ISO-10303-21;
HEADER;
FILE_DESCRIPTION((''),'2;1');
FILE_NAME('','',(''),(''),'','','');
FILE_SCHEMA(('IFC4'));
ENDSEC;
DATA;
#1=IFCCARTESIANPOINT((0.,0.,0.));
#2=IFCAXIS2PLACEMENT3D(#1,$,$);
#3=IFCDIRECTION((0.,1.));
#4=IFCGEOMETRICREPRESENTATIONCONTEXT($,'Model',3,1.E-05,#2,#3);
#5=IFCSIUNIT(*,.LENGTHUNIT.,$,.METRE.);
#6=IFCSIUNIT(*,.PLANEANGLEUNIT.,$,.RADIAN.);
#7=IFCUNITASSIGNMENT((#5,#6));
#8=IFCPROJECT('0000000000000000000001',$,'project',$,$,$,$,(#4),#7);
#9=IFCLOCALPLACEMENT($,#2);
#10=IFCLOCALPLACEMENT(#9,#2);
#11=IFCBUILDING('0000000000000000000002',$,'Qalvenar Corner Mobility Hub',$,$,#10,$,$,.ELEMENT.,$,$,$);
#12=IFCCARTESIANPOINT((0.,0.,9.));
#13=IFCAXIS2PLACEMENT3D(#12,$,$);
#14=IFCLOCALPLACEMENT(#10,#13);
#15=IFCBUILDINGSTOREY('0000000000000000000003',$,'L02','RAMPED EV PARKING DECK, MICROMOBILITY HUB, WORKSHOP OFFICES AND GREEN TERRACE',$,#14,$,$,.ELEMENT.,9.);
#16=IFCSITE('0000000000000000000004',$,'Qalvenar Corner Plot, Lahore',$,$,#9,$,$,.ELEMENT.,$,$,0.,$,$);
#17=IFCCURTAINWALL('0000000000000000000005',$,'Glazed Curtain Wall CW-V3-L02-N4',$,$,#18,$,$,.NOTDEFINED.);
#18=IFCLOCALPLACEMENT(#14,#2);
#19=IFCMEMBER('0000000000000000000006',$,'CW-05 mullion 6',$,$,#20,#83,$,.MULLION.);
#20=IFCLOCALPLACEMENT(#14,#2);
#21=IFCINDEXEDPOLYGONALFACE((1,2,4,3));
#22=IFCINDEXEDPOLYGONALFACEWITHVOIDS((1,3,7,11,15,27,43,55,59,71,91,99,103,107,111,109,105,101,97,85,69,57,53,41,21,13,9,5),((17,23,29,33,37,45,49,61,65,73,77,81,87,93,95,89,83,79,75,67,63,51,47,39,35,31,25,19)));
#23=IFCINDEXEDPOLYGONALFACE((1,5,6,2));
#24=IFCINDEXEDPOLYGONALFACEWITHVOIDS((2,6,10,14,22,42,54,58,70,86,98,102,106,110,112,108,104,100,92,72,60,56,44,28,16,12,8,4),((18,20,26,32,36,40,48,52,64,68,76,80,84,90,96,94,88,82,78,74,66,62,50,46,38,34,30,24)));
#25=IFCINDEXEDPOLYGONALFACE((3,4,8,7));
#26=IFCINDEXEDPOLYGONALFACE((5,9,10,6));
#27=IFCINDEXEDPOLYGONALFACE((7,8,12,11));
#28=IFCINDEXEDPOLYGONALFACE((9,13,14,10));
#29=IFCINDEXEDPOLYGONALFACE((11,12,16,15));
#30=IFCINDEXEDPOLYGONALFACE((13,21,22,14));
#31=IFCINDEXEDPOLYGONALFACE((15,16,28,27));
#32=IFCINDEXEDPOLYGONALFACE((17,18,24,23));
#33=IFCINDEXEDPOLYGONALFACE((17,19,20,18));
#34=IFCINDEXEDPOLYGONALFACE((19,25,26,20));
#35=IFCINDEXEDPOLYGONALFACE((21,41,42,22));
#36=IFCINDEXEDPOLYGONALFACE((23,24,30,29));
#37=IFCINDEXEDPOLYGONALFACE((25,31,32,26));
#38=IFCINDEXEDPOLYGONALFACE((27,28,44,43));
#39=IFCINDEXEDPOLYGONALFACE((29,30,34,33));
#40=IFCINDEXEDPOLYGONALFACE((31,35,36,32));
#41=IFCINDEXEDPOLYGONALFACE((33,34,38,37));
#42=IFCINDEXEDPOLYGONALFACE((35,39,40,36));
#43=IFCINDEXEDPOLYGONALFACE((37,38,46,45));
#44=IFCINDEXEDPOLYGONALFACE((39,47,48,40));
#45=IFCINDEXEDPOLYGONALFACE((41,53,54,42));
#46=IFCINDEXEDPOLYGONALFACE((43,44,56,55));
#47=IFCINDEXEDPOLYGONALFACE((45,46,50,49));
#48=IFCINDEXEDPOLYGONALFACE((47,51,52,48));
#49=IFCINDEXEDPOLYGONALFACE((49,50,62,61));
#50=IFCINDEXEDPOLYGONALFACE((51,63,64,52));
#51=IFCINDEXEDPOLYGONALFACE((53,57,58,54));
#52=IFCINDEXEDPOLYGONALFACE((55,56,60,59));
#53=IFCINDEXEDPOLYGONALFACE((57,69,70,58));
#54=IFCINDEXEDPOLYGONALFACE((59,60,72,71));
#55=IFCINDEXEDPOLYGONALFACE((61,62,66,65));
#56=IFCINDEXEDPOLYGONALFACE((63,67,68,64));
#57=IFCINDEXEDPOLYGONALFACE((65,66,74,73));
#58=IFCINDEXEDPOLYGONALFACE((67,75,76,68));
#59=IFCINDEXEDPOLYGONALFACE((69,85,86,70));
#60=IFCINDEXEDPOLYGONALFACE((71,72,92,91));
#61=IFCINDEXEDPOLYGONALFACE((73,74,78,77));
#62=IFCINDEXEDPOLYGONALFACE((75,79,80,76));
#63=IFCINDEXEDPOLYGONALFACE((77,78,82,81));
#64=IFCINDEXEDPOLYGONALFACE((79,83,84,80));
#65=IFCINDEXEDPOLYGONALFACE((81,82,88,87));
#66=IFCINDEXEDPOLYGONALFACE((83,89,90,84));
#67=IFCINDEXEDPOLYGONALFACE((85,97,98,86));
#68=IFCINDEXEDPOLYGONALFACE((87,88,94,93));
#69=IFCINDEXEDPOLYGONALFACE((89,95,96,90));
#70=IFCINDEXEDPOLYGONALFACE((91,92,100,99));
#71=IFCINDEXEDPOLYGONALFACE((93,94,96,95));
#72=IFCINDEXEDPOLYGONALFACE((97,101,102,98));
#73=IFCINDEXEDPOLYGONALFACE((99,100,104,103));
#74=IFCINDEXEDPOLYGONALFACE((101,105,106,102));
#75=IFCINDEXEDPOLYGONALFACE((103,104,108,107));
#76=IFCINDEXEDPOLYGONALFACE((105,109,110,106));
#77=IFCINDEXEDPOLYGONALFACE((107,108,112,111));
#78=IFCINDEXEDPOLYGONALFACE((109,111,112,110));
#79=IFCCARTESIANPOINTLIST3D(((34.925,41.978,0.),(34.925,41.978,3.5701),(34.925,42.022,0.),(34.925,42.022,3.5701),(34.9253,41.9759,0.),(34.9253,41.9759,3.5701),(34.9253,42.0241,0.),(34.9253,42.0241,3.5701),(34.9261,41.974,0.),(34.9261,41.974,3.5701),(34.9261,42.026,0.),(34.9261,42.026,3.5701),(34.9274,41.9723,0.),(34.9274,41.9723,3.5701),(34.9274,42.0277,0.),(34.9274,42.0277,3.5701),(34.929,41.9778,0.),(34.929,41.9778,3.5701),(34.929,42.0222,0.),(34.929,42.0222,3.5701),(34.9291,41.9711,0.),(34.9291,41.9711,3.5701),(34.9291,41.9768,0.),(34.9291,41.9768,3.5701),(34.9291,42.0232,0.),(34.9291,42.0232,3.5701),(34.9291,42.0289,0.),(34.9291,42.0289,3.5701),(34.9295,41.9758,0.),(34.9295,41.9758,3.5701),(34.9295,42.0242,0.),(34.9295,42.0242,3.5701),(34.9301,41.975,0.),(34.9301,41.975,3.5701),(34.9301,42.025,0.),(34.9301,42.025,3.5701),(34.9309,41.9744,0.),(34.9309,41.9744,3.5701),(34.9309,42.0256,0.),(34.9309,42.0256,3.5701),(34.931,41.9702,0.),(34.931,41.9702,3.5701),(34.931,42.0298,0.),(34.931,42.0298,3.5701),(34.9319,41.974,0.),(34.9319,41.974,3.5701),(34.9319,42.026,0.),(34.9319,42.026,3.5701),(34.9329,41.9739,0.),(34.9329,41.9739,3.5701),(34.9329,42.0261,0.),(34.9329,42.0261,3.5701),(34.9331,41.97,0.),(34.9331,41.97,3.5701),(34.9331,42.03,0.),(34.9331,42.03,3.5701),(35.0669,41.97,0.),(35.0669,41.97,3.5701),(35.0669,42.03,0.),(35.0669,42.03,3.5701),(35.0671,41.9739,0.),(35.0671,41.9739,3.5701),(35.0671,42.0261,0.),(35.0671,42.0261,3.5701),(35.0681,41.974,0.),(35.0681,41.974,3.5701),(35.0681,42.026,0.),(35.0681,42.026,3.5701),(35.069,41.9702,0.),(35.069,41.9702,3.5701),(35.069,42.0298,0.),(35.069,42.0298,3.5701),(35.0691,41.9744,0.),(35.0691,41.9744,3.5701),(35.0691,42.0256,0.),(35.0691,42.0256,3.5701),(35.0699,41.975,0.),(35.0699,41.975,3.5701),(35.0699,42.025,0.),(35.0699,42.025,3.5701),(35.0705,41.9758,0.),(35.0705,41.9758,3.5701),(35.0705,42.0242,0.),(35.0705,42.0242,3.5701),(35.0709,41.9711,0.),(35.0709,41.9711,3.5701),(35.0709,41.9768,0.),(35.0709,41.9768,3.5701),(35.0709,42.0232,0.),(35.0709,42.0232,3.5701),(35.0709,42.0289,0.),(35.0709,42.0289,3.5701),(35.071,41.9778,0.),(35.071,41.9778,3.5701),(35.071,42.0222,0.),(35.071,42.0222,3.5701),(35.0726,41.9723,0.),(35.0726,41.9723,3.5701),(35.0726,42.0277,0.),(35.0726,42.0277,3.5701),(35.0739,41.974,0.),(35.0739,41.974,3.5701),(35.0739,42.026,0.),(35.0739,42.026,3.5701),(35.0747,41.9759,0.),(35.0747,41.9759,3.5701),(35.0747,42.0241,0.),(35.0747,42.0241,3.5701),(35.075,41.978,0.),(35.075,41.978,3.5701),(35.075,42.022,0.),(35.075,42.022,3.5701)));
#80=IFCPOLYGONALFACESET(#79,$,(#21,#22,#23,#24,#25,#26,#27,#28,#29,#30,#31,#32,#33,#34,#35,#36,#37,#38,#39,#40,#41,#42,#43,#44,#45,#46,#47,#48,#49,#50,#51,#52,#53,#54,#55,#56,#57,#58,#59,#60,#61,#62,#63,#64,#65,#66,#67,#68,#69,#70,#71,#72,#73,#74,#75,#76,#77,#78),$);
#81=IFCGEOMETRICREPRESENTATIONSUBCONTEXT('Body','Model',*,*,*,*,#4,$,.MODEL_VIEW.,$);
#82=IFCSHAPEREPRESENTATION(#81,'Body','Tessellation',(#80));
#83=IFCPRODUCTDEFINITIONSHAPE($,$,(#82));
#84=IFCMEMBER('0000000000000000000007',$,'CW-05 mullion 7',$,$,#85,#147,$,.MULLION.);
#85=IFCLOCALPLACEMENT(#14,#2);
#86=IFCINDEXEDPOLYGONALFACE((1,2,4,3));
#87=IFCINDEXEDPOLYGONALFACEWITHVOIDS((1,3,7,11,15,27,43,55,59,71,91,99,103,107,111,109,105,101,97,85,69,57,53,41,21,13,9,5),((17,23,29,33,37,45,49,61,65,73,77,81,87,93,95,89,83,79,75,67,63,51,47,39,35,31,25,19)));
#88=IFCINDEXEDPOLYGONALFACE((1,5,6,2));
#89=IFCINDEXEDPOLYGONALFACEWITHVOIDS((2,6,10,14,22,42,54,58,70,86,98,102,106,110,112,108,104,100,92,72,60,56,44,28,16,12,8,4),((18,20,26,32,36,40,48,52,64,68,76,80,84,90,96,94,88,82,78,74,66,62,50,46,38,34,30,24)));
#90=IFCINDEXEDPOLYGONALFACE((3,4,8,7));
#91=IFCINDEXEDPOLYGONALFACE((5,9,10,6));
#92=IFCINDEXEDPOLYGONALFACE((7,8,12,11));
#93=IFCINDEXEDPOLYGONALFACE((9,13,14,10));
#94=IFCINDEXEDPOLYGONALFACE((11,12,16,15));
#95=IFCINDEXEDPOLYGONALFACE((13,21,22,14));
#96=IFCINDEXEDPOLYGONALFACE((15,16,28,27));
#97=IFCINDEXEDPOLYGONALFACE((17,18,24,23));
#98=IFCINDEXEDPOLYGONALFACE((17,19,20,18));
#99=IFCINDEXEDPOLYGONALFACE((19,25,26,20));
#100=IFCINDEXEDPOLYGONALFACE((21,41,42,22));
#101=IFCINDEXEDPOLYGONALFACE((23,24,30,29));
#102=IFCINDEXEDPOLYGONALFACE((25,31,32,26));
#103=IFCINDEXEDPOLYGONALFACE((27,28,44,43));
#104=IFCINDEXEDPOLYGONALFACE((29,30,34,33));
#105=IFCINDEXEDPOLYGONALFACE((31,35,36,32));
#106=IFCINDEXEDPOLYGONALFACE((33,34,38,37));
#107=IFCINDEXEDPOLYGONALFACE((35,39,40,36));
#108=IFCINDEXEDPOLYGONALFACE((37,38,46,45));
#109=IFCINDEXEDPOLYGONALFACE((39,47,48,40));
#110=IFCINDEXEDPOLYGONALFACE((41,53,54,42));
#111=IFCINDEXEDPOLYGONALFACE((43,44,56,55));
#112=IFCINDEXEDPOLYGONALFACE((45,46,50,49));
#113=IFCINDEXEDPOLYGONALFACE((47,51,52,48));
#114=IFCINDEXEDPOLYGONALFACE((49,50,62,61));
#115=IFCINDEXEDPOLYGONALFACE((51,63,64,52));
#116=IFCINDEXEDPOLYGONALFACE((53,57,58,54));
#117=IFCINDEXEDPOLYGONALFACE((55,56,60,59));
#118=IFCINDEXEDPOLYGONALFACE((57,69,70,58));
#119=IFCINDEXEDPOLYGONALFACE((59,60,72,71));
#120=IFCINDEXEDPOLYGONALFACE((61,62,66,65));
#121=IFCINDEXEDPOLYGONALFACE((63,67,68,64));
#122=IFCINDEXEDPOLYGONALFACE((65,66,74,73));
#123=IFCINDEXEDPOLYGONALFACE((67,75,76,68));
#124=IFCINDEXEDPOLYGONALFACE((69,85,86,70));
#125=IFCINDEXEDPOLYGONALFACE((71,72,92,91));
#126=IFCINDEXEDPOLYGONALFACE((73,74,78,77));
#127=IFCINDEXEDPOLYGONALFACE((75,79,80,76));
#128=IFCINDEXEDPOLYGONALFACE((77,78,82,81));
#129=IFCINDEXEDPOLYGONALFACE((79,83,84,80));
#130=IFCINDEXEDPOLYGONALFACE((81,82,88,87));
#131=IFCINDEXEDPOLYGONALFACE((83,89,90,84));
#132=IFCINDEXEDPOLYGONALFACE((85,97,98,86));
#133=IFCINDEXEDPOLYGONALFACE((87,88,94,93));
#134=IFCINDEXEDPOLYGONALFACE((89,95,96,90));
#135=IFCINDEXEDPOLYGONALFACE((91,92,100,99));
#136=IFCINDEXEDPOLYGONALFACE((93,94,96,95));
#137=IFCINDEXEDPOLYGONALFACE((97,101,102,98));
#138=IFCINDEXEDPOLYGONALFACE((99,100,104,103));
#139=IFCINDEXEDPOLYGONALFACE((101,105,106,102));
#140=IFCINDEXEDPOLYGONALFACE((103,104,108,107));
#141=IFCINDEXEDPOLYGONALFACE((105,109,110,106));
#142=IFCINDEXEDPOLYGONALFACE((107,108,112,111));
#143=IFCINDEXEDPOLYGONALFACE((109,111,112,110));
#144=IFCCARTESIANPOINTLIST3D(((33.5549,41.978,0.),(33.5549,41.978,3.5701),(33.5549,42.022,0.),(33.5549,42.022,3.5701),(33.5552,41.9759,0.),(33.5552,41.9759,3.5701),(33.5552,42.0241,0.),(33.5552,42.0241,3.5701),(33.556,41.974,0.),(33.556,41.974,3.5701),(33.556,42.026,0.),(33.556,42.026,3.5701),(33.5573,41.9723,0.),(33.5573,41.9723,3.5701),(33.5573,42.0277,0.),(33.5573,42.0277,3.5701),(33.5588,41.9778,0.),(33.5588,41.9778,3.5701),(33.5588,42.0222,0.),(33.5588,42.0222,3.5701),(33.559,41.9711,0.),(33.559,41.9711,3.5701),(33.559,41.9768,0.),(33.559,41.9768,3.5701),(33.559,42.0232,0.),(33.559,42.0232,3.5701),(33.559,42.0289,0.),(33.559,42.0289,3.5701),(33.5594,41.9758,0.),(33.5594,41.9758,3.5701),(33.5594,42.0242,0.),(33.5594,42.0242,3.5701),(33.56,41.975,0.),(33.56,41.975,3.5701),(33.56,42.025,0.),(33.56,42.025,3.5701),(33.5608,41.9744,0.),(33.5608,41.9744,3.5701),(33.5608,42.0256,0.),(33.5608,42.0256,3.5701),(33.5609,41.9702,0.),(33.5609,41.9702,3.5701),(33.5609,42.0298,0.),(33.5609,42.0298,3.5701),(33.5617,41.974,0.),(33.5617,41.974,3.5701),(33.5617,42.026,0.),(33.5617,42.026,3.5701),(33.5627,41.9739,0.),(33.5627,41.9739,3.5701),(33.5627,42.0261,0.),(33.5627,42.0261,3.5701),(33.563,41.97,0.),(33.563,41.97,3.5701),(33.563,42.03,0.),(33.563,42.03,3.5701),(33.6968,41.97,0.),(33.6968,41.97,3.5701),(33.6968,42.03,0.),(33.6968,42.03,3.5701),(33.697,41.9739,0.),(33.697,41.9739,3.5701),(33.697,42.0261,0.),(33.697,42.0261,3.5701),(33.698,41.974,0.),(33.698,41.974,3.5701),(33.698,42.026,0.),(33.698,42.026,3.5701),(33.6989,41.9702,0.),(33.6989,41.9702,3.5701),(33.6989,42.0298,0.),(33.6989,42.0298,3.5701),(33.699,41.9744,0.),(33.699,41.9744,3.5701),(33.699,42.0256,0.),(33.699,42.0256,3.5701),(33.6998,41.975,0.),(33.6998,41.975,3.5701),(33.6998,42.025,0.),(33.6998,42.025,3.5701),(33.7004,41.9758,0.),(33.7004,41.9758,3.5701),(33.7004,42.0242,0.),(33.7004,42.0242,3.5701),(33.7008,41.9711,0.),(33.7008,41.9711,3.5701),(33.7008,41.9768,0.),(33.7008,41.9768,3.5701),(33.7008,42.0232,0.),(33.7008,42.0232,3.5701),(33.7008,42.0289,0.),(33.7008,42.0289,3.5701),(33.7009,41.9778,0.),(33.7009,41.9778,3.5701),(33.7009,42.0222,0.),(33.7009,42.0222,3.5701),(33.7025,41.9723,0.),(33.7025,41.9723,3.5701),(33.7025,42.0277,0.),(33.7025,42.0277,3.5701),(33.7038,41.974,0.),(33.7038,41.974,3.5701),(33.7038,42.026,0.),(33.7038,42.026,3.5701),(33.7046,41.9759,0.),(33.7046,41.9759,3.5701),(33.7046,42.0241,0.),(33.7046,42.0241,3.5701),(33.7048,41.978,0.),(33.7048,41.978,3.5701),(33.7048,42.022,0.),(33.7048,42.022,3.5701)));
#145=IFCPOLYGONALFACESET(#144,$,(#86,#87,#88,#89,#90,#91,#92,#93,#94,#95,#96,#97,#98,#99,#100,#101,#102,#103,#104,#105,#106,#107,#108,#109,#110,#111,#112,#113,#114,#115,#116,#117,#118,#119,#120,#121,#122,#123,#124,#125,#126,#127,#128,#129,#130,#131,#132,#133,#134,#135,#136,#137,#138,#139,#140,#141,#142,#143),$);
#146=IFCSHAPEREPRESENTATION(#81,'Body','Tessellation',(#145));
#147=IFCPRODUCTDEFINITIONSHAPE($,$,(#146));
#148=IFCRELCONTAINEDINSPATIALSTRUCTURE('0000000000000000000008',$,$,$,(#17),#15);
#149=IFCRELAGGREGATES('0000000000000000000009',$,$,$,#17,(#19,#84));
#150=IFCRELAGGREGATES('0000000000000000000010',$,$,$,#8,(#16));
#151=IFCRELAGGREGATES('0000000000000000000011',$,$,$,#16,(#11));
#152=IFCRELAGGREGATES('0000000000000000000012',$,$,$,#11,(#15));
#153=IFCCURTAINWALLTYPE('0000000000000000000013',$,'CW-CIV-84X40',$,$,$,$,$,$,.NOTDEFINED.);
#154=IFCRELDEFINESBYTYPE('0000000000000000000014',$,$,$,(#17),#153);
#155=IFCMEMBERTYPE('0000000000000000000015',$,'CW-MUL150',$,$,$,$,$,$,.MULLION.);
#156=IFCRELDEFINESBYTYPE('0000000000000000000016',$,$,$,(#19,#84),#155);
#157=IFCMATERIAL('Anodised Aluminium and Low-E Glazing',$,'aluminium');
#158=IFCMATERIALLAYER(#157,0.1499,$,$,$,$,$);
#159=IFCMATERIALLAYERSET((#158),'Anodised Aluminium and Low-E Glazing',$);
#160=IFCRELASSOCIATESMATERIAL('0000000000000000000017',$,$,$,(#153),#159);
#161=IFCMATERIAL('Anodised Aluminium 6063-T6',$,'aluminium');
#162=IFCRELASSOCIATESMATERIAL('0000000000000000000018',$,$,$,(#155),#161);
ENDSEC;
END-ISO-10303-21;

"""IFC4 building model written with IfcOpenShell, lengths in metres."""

from ifc_helpers import new_model, si_unit, direction, frame, origin, origin_2d, place, context, subcontext, project, spatial, hollow_rectangle, extrude, material, layer, layer_set, material_profile, profile_set, type_object, element, aggregate, save


model = new_model("IFC4")

# Units and contexts
model_context = context("Model", 3, precision=1e-05, world=origin(), true_north=direction((0.0, 1.0)))
body_context = subcontext(model_context, "Body", "Model", "MODEL_VIEW")
ifc_project = project(units=[si_unit("LENGTHUNIT", "METRE"), si_unit("PLANEANGLEUNIT", "RADIAN")], contexts=[model_context])

# Site, building, storey
site_placement = place(None, origin())
site = spatial("IfcSite", under=ifc_project, at=site_placement, Name="Qalvenar Corner Plot, Lahore", CompositionType="ELEMENT", RefElevation=0.0)
building_placement = place(site_placement, origin())
building = spatial("IfcBuilding", under=site, at=building_placement, Name="Qalvenar Corner Mobility Hub", CompositionType="ELEMENT")
storey_placement = place(building_placement, frame((0.0, 0.0, 9.0)))
storey = spatial("IfcBuildingStorey", under=building, at=storey_placement, Name="L02", Description="RAMPED EV PARKING DECK, MICROMOBILITY HUB, WORKSHOP OFFICES AND GREEN TERRACE", CompositionType="ELEMENT", Elevation=9.0)

# Curtain wall, members
ifc_material_1 = material(Name="Anodised Aluminium and Low-E Glazing", Category="aluminium")
ifc_layer_1 = layer(ifc_material_1, 0.1499)
ifc_layer_set_1 = layer_set([ifc_layer_1], Name="Anodised Aluminium and Low-E Glazing")
curtain_wall_type = type_object("IfcCurtainWallType", Name="CW-CIV-84X40", PredefinedType="NOTDEFINED", material=ifc_layer_set_1)
curtain_wall_placement = place(storey_placement, origin())
curtain_wall = element("IfcCurtainWall", 1, at=curtain_wall_placement, inside=storey, type_object=curtain_wall_type, Name="Glazed Curtain Wall CW-V3-L02-N4", PredefinedType="NOTDEFINED")
ifc_material_2 = material(Name="Anodised Aluminium 6063-T6", Category="aluminium")
ifc_material_profile_1 = material_profile(ifc_material_2, hollow_rectangle(XDim=0.0601, YDim=0.1499, WallThickness=0.0039, InnerFilletRadius=0.0039, OuterFilletRadius=0.0081, at=origin_2d()), Name="RHS150x60x4")
ifc_profile_set_1 = profile_set([ifc_material_profile_1], Name="Anodised Aluminium 6063-T6")
member_type_1 = type_object("IfcMemberType", Name="CW-MUL150", PredefinedType="MULLION", material=ifc_profile_set_1)
member_1_placement = place(storey_placement, frame((35.0, 42.0, 0.0), z_axis=(0.0, 0.0, 1.0), x_axis=(0.0, -1.0, 0.0)))
member_1 = element("IfcMember", 2, at=member_1_placement, type_object=member_type_1, Name="CW-05 mullion 6", PredefinedType="MULLION", context=body_context, shape_type="SweptSolid", body=[
    extrude(hollow_rectangle(XDim=0.0601, YDim=0.1499, WallThickness=0.0039, InnerFilletRadius=0.0039, OuterFilletRadius=0.0081, at=origin_2d()), origin(), (0.0, 0.0, 1.0), 3.5701),
])
member_2_placement = place(storey_placement, frame((33.6299, 42.0, 0.0), z_axis=(0.0, 0.0, 1.0), x_axis=(0.0, -1.0, 0.0)))
member_2 = element("IfcMember", 3, at=member_2_placement, type_object=member_type_1, Name="CW-05 mullion 7", PredefinedType="MULLION", context=body_context, shape_type="SweptSolid", body=[
    extrude(hollow_rectangle(XDim=0.0601, YDim=0.1499, WallThickness=0.0039, InnerFilletRadius=0.0039, OuterFilletRadius=0.0081, at=origin_2d()), origin(), (0.0, 0.0, 1.0), 3.5701),
])

aggregate(curtain_wall, [member_1, member_2])

save(model, "model.ifc")
